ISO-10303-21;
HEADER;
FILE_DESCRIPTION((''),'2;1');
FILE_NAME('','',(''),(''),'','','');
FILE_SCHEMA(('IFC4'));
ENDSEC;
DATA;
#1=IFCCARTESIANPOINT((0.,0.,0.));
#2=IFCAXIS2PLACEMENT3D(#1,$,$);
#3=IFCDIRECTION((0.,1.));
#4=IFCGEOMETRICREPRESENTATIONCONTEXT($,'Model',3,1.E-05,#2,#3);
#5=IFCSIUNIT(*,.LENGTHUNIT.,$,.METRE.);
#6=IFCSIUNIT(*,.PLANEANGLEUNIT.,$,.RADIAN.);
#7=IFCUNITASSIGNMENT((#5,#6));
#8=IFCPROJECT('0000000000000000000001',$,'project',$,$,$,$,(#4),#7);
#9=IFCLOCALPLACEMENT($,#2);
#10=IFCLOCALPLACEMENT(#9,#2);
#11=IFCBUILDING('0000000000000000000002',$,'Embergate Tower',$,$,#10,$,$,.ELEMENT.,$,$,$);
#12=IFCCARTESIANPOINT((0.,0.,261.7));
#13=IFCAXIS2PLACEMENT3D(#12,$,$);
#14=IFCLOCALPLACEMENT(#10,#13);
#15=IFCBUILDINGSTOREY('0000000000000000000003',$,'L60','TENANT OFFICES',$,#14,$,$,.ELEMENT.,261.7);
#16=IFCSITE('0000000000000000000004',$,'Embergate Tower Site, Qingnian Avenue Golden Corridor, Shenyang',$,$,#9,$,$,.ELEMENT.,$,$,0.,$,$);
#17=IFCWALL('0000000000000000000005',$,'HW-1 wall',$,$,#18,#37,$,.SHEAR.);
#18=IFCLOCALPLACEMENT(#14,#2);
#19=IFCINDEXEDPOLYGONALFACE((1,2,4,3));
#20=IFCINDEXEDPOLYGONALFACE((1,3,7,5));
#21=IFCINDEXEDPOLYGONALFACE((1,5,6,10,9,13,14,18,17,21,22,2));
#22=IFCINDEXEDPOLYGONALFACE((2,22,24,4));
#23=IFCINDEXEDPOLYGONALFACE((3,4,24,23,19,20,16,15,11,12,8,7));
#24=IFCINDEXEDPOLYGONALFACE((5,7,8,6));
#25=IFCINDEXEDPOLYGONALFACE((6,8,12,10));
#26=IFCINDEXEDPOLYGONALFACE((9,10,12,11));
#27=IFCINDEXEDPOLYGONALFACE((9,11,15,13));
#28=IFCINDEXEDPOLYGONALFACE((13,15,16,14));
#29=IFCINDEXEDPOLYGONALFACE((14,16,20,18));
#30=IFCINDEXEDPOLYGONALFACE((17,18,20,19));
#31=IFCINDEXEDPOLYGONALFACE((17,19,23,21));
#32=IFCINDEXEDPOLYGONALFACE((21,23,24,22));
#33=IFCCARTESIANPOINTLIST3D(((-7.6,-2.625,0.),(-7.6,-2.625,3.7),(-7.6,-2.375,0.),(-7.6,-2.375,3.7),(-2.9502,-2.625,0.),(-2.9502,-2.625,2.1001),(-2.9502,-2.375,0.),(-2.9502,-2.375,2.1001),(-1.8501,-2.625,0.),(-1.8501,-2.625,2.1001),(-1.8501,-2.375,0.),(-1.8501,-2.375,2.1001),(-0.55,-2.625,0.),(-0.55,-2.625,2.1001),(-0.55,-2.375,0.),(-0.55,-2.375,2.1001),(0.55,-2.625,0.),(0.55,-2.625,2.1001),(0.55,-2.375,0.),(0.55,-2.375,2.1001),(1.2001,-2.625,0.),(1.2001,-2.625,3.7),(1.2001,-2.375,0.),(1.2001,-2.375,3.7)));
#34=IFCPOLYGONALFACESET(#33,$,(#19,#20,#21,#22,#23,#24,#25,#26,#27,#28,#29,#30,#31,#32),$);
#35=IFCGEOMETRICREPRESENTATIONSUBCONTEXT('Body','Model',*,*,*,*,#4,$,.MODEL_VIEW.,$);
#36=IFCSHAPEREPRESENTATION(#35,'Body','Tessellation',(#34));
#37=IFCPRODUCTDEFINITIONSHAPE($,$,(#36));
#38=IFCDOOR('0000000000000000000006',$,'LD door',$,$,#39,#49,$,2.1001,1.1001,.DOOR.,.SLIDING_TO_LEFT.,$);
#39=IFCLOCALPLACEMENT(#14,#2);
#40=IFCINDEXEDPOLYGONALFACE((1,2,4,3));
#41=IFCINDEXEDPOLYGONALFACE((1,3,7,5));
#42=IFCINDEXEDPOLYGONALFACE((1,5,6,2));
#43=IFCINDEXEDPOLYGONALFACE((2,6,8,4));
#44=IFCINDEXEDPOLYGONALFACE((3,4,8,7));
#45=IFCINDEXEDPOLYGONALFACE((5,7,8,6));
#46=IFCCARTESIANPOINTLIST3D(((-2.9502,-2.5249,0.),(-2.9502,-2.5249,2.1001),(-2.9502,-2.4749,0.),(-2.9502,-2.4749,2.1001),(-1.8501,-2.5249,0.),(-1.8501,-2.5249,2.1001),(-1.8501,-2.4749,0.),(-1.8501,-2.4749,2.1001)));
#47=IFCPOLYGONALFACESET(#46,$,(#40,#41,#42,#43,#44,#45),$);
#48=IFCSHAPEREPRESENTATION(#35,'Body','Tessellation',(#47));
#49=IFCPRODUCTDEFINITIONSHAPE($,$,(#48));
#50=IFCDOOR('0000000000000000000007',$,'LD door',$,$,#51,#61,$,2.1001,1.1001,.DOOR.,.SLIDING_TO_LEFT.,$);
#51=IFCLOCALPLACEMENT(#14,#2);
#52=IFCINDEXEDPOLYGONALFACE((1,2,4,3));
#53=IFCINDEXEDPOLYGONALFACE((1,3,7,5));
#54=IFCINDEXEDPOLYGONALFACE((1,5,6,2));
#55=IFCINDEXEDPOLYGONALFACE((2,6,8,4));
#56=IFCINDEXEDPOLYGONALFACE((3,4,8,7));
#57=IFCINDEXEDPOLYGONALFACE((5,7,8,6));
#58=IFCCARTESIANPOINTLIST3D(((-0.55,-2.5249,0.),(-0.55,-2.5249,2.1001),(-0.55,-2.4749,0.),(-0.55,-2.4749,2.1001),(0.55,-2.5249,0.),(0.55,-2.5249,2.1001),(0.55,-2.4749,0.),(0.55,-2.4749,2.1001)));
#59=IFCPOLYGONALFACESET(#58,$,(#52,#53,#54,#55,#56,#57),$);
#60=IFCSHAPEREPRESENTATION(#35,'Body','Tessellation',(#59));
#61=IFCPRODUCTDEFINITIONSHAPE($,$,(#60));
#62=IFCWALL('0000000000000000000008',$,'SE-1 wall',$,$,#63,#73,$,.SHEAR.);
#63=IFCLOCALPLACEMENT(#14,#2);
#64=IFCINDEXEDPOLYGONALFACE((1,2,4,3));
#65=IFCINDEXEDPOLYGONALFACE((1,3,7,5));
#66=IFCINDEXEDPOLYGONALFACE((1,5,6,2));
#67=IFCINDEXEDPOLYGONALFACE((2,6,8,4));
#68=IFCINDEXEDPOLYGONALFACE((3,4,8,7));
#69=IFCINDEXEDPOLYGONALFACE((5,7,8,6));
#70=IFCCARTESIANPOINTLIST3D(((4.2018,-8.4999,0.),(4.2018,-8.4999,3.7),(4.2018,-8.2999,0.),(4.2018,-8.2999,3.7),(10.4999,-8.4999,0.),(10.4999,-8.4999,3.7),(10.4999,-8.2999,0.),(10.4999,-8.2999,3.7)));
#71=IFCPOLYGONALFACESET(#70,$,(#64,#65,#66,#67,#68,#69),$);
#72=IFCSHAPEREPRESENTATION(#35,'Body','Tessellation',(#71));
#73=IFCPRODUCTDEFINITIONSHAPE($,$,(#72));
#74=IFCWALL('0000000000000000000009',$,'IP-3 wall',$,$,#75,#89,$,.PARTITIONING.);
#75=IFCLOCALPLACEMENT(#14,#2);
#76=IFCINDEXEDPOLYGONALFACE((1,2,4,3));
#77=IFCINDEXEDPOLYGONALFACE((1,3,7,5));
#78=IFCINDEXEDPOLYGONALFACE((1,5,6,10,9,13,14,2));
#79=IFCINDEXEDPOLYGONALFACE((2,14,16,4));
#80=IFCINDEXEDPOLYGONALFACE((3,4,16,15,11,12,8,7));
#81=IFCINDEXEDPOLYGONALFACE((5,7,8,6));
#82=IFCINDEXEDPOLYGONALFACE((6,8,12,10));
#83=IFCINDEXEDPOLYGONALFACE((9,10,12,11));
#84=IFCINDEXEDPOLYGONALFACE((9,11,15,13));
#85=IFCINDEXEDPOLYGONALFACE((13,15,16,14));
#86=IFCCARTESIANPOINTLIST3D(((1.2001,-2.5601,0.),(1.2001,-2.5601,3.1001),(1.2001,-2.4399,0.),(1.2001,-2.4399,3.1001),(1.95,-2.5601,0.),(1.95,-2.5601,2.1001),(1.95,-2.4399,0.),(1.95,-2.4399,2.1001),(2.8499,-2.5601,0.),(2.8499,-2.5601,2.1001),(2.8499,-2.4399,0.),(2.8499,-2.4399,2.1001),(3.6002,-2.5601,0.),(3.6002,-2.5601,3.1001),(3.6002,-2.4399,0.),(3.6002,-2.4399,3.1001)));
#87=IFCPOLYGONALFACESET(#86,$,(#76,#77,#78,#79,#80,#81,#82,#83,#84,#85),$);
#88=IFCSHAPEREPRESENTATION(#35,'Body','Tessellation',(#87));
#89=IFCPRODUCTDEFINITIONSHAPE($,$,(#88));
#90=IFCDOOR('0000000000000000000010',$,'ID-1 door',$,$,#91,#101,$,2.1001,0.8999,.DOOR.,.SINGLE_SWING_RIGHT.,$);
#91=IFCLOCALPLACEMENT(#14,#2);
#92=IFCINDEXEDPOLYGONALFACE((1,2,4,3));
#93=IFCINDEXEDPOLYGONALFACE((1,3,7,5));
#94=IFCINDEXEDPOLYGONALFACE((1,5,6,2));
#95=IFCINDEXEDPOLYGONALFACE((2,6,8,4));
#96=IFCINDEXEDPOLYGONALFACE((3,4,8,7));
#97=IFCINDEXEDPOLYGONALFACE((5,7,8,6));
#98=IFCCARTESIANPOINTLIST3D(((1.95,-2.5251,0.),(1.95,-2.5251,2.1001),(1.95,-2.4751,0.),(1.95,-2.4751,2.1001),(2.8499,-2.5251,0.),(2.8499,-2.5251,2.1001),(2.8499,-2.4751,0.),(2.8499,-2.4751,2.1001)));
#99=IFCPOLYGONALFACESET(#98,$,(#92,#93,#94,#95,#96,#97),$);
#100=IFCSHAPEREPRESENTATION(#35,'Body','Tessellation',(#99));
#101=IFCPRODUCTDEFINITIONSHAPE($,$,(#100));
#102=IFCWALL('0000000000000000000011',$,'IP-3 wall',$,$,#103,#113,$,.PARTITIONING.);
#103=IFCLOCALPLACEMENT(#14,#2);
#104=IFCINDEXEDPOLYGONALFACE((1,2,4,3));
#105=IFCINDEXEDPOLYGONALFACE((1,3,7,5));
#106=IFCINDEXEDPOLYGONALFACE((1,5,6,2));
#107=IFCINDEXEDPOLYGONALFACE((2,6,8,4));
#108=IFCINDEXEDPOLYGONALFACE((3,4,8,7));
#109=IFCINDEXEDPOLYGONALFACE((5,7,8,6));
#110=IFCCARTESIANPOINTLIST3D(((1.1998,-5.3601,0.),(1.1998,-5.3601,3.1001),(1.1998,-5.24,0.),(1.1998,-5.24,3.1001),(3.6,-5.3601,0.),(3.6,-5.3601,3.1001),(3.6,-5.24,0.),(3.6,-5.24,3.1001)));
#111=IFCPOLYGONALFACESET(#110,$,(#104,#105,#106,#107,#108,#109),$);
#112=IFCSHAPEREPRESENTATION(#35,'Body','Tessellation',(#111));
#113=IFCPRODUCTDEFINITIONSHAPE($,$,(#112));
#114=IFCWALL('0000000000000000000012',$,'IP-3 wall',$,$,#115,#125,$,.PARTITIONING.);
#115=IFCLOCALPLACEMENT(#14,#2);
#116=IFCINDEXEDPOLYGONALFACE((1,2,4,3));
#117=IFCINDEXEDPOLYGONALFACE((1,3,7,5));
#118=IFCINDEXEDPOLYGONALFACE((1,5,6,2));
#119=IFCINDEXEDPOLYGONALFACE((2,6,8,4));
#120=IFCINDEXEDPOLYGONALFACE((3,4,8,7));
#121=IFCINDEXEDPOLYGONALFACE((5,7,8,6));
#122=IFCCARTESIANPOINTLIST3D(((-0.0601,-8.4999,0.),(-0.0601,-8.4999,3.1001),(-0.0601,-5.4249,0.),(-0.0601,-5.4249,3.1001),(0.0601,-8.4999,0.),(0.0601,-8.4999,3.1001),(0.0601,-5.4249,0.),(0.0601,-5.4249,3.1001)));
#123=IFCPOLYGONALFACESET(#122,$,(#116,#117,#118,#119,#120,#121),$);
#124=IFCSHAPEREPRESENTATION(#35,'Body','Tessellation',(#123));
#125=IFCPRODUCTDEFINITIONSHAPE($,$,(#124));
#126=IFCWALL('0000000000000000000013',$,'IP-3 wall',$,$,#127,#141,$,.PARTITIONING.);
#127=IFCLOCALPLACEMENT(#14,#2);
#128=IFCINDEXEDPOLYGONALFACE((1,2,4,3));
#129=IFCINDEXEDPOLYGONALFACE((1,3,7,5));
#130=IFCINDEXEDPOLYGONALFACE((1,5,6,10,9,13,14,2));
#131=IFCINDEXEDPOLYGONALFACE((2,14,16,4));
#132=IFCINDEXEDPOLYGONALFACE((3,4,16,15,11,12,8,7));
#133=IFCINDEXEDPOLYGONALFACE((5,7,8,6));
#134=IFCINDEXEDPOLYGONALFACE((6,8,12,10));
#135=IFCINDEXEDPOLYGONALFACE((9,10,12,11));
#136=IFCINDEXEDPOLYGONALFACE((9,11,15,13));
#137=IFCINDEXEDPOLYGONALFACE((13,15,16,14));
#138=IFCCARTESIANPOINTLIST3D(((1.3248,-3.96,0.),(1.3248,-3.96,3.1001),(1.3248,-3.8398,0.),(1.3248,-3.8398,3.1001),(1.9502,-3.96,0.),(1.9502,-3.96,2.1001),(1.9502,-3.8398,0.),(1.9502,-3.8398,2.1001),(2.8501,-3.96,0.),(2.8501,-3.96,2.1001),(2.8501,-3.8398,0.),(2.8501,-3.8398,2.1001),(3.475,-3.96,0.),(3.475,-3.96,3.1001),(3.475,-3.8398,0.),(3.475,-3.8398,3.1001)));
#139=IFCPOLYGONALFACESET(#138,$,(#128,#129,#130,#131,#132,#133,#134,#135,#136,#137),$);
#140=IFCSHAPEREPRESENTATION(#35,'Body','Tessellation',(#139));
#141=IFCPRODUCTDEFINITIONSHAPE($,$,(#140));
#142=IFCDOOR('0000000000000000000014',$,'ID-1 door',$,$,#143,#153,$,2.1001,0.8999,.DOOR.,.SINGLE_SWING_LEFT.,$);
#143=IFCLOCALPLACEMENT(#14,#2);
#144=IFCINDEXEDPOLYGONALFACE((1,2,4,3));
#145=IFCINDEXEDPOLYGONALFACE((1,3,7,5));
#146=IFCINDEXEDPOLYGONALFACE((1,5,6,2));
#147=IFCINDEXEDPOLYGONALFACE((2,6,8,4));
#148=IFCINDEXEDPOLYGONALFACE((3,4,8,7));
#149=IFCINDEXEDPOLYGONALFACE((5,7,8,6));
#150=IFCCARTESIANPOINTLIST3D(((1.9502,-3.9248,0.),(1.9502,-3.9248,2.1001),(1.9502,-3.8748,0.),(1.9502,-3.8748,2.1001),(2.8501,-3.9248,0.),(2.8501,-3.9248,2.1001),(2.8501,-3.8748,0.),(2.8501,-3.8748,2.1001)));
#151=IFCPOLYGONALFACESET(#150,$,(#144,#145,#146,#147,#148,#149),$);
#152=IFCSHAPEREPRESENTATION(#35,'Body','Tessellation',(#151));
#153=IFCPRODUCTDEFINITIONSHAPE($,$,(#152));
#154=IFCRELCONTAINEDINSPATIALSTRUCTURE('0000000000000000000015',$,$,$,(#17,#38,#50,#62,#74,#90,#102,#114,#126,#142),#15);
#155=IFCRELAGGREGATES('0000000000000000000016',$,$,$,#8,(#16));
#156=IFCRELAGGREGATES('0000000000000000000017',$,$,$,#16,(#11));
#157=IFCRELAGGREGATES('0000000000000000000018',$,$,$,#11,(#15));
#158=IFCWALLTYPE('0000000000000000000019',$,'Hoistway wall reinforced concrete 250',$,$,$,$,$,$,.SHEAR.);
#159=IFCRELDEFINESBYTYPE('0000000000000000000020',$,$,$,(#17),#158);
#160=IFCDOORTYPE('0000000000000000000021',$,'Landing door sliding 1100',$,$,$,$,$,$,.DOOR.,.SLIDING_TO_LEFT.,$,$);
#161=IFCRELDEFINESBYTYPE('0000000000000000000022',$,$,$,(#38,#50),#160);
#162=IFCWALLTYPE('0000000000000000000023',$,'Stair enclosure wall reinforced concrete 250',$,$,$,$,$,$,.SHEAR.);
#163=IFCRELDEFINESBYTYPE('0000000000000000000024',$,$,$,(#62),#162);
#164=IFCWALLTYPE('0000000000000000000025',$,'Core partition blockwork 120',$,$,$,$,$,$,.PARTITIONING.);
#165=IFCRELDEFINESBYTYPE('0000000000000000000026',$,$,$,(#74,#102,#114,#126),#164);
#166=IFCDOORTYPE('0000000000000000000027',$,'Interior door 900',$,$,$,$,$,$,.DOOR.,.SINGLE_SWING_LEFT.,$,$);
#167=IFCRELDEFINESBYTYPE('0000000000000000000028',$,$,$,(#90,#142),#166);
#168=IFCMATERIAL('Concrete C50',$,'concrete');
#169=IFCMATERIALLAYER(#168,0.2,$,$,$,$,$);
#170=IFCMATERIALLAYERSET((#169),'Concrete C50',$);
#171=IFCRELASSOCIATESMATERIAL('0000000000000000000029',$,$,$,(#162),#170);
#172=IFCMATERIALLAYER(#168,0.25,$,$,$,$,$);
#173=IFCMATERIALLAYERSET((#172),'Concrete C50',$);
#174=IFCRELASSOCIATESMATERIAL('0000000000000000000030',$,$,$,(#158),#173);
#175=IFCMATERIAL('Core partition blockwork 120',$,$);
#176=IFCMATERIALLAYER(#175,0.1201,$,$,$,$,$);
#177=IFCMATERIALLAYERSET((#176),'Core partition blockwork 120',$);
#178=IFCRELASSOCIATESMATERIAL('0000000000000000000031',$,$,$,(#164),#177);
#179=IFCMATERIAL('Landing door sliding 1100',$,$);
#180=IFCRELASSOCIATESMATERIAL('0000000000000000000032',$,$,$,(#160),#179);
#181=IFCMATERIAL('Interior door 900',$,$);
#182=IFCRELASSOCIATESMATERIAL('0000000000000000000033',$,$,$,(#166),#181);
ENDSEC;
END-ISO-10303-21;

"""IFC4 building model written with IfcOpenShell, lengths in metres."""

from ifc_helpers import new_model, si_unit, direction, frame, frame_2d, origin, place, context, subcontext, project, spatial, rectangle, extrude, source, transform, mapped, material, layer, layer_set, type_object, element, fill, save


model = new_model("IFC4")

# Units and contexts
model_context = context("Model", 3, precision=1e-05, world=origin(), true_north=direction((0.0, 1.0)))
body_context = subcontext(model_context, "Body", "Model", "MODEL_VIEW")
ifc_project = project(units=[si_unit("LENGTHUNIT", "METRE"), si_unit("PLANEANGLEUNIT", "RADIAN")], contexts=[model_context])

# Site, building, storey
site_placement = place(None, origin())
site = spatial("IfcSite", under=ifc_project, at=site_placement, Name="Embergate Tower Site, Qingnian Avenue Golden Corridor, Shenyang", CompositionType="ELEMENT", RefElevation=0.0)
building_placement = place(site_placement, origin())
building = spatial("IfcBuilding", under=site, at=building_placement, Name="Embergate Tower", CompositionType="ELEMENT")
storey_placement = place(building_placement, frame((0.0, 0.0, 261.7)))
storey = spatial("IfcBuildingStorey", under=building, at=storey_placement, Name="L60", Description="TENANT OFFICES", CompositionType="ELEMENT", Elevation=261.7)

# Shared definitions
ifc_material_1 = material(Name="Concrete C50", Category="concrete")
ifc_layer_1 = layer(ifc_material_1, 0.2)
ifc_layer_set_1 = layer_set([ifc_layer_1], Name="Concrete C50")
wall_type_1 = type_object("IfcWallType", Name="Stair enclosure wall reinforced concrete 250", PredefinedType="SHEAR", material=ifc_layer_set_1)
ifc_layer_2 = layer(ifc_material_1, 0.25)
ifc_layer_set_2 = layer_set([ifc_layer_2], Name="Concrete C50")
wall_type_2 = type_object("IfcWallType", Name="Hoistway wall reinforced concrete 250", PredefinedType="SHEAR", material=ifc_layer_set_2)

# Shared definitions
ifc_material_2 = material(Name="Core partition blockwork 120")
ifc_layer_3 = layer(ifc_material_2, 0.1201)
ifc_layer_set_3 = layer_set([ifc_layer_3], Name="Core partition blockwork 120")
wall_type_3 = type_object("IfcWallType", Name="Core partition blockwork 120", PredefinedType="PARTITIONING", material=ifc_layer_set_3)

# Wall, openings, doors
shared_shape_1 = source(origin(), body_context, "Body", "SweptSolid", [
    extrude(rectangle(XDim=8.8, YDim=0.25, at=frame_2d((4.3999, 0.0))), origin(), (0.0, 0.0, 1.0), 3.7),
])
wall_1_placement = place(storey_placement, frame((1.2, -2.5, 0.0), z_axis=(0.0, 0.0, 1.0), x_axis=(-1.0, 0.0, 0.0)))
wall_1 = element("IfcWall", 1, at=wall_1_placement, inside=storey, type_object=wall_type_2, Name="HW-1 wall", PredefinedType="SHEAR", context=body_context, shape_type="MappedRepresentation", body=[
    mapped(shared_shape_1, transform((0.0, 0.0, 0.0))),
])
shared_shape_2 = source(origin(), body_context, "Body", "SweptSolid", [
    extrude(rectangle(XDim=1.1001, YDim=2.1001, at=frame_2d((0.55, 1.05))), frame((0.0, 0.135, 0.0), z_axis=(0.0, -1.0, 0.0), x_axis=(1.0, 0.0, 0.0)), (0.0, 0.0, 1.0), 0.27),
])
opening_1_placement = place(wall_1_placement, frame((3.05, 0.0, 0.0)))
opening_1 = element("IfcOpeningElement", 2, at=opening_1_placement, cuts=wall_1, PredefinedType="OPENING", context=body_context, shape_type="MappedRepresentation", body=[
    mapped(shared_shape_2, transform((0.0, 0.0, 0.0))),
])
opening_2_placement = place(wall_1_placement, frame((0.6499, 0.0, 0.0)))
opening_2 = element("IfcOpeningElement", 3, at=opening_2_placement, cuts=wall_1, PredefinedType="OPENING", context=body_context, shape_type="MappedRepresentation", body=[
    mapped(shared_shape_2, transform((0.0, 0.0, 0.0))),
])
ifc_material_3 = material(Name="Landing door sliding 1100")
door_type_1 = type_object("IfcDoorType", Name="Landing door sliding 1100", OperationType="SLIDING_TO_LEFT", PredefinedType="DOOR", material=ifc_material_3)
shared_shape_3 = source(origin(), body_context, "Body", "SweptSolid", [
    extrude(rectangle(XDim=1.1001, YDim=2.1001, at=frame_2d((0.55, 1.05))), frame((0.0, 0.0249, 0.0), z_axis=(0.0, -1.0, 0.0), x_axis=(1.0, 0.0, 0.0)), (0.0, 0.0, 1.0), 0.05),
])
door_1_placement = place(opening_1_placement, origin())
door_1 = element("IfcDoor", 4, at=door_1_placement, inside=storey, type_object=door_type_1, Name="LD door", OperationType="SLIDING_TO_LEFT", OverallHeight=2.1001, OverallWidth=1.1001, PredefinedType="DOOR", context=body_context, shape_type="MappedRepresentation", body=[
    mapped(shared_shape_3, transform((0.0, 0.0, 0.0))),
])
fill(opening_1, door_1)
door_2_placement = place(opening_2_placement, origin())
door_2 = element("IfcDoor", 5, at=door_2_placement, inside=storey, type_object=door_type_1, Name="LD door", OperationType="SLIDING_TO_LEFT", OverallHeight=2.1001, OverallWidth=1.1001, PredefinedType="DOOR", context=body_context, shape_type="MappedRepresentation", body=[
    mapped(shared_shape_3, transform((0.0, 0.0, 0.0))),
])
fill(opening_2, door_2)

# Wall
shared_shape_4 = source(origin(), body_context, "Body", "SweptSolid", [
    extrude(rectangle(XDim=6.2981, YDim=0.2, at=frame_2d((3.1489, 0.0))), origin(), (0.0, 0.0, 1.0), 3.7),
])
wall_2_placement = place(storey_placement, frame((4.2019, -8.3999, 0.0), z_axis=(0.0, 0.0, 1.0), x_axis=(1.0, 0.0, 0.0)))
element("IfcWall", 6, at=wall_2_placement, inside=storey, type_object=wall_type_1, Name="SE-1 wall", PredefinedType="SHEAR", context=body_context, shape_type="MappedRepresentation", body=[
    mapped(shared_shape_4, transform((0.0, 0.0, 0.0))),
])

# Wall, opening, door
shared_shape_5 = source(origin(), body_context, "Body", "SweptSolid", [
    extrude(rectangle(XDim=2.4001, YDim=0.1201, at=frame_2d((1.2002, 0.0))), origin(), (0.0, 0.0, 1.0), 3.1001),
])
wall_3_placement = place(storey_placement, frame((1.2, -2.5, 0.0), z_axis=(0.0, 0.0, 1.0), x_axis=(1.0, 0.0, 0.0)))
wall_3 = element("IfcWall", 7, at=wall_3_placement, inside=storey, type_object=wall_type_3, Name="IP-3 wall", PredefinedType="PARTITIONING", context=body_context, shape_type="MappedRepresentation", body=[
    mapped(shared_shape_5, transform((0.0, 0.0, 0.0))),
])
shared_shape_6 = source(origin(), body_context, "Body", "SweptSolid", [
    extrude(rectangle(XDim=0.8999, YDim=2.1001, at=frame_2d((0.45, 1.05))), frame((0.0, 0.0701, 0.0), z_axis=(0.0, -1.0, 0.0), x_axis=(1.0, 0.0, 0.0)), (0.0, 0.0, 1.0), 0.1401),
])
opening_3_placement = place(wall_3_placement, frame((0.75, 0.0, 0.0)))
opening_3 = element("IfcOpeningElement", 8, at=opening_3_placement, cuts=wall_3, PredefinedType="OPENING", context=body_context, shape_type="MappedRepresentation", body=[
    mapped(shared_shape_6, transform((0.0, 0.0, 0.0))),
])
ifc_material_4 = material(Name="Interior door 900")
door_type_2 = type_object("IfcDoorType", Name="Interior door 900", OperationType="SINGLE_SWING_LEFT", PredefinedType="DOOR", material=ifc_material_4)
shared_shape_7 = source(origin(), body_context, "Body", "SweptSolid", [
    extrude(rectangle(XDim=0.8999, YDim=2.1001, at=frame_2d((0.45, 1.05))), frame((0.0, 0.0249, 0.0), z_axis=(0.0, -1.0, 0.0), x_axis=(1.0, 0.0, 0.0)), (0.0, 0.0, 1.0), 0.05),
])
door_3_placement = place(opening_3_placement, origin())
door_3 = element("IfcDoor", 9, at=door_3_placement, inside=storey, type_object=door_type_2, Name="ID-1 door", OperationType="SINGLE_SWING_RIGHT", OverallHeight=2.1001, OverallWidth=0.8999, PredefinedType="DOOR", context=body_context, shape_type="MappedRepresentation", body=[
    mapped(shared_shape_7, transform((0.0, 0.0, 0.0))),
])
fill(opening_3, door_3)

# Walls
wall_4_placement = place(storey_placement, frame((3.6001, -5.3, 0.0), z_axis=(0.0, 0.0, 1.0), x_axis=(-1.0, 0.0, 0.0)))
element("IfcWall", 10, at=wall_4_placement, inside=storey, type_object=wall_type_3, Name="IP-3 wall", PredefinedType="PARTITIONING", context=body_context, shape_type="MappedRepresentation", body=[
    mapped(shared_shape_5, transform((0.0, 0.0, 0.0))),
])
shared_shape_8 = source(origin(), body_context, "Body", "SweptSolid", [
    extrude(rectangle(XDim=3.075, YDim=0.1201, at=frame_2d((1.5376, 0.0))), origin(), (0.0, 0.0, 1.0), 3.1001),
])
wall_5_placement = place(storey_placement, frame((0.0, -8.5, 0.0), z_axis=(0.0, 0.0, 1.0), x_axis=(0.0, 1.0, 0.0)))
element("IfcWall", 11, at=wall_5_placement, inside=storey, type_object=wall_type_3, Name="IP-3 wall", PredefinedType="PARTITIONING", context=body_context, shape_type="MappedRepresentation", body=[
    mapped(shared_shape_8, transform((0.0, 0.0, 0.0))),
])

# Wall, opening, door
shared_shape_9 = source(origin(), body_context, "Body", "SweptSolid", [
    extrude(rectangle(XDim=2.1501, YDim=0.1201, at=frame_2d((1.0752, 0.0))), origin(), (0.0, 0.0, 1.0), 3.1001),
])
wall_6_placement = place(storey_placement, frame((3.4751, -3.8999, 0.0), z_axis=(0.0, 0.0, 1.0), x_axis=(-1.0, 0.0, 0.0)))
wall_6 = element("IfcWall", 12, at=wall_6_placement, inside=storey, type_object=wall_type_3, Name="IP-3 wall", PredefinedType="PARTITIONING", context=body_context, shape_type="MappedRepresentation", body=[
    mapped(shared_shape_9, transform((0.0, 0.0, 0.0))),
])
opening_4_placement = place(wall_6_placement, frame((0.625, 0.0, 0.0)))
opening_4 = element("IfcOpeningElement", 13, at=opening_4_placement, cuts=wall_6, PredefinedType="OPENING", context=body_context, shape_type="MappedRepresentation", body=[
    mapped(shared_shape_6, transform((0.0, 0.0, 0.0))),
])
door_4_placement = place(opening_4_placement, origin())
door_4 = element("IfcDoor", 14, at=door_4_placement, inside=storey, type_object=door_type_2, Name="ID-1 door", OperationType="SINGLE_SWING_LEFT", OverallHeight=2.1001, OverallWidth=0.8999, PredefinedType="DOOR", context=body_context, shape_type="MappedRepresentation", body=[
    mapped(shared_shape_7, transform((0.0, 0.0, 0.0))),
])
fill(opening_4, door_4)

save(model, "model.ifc")
